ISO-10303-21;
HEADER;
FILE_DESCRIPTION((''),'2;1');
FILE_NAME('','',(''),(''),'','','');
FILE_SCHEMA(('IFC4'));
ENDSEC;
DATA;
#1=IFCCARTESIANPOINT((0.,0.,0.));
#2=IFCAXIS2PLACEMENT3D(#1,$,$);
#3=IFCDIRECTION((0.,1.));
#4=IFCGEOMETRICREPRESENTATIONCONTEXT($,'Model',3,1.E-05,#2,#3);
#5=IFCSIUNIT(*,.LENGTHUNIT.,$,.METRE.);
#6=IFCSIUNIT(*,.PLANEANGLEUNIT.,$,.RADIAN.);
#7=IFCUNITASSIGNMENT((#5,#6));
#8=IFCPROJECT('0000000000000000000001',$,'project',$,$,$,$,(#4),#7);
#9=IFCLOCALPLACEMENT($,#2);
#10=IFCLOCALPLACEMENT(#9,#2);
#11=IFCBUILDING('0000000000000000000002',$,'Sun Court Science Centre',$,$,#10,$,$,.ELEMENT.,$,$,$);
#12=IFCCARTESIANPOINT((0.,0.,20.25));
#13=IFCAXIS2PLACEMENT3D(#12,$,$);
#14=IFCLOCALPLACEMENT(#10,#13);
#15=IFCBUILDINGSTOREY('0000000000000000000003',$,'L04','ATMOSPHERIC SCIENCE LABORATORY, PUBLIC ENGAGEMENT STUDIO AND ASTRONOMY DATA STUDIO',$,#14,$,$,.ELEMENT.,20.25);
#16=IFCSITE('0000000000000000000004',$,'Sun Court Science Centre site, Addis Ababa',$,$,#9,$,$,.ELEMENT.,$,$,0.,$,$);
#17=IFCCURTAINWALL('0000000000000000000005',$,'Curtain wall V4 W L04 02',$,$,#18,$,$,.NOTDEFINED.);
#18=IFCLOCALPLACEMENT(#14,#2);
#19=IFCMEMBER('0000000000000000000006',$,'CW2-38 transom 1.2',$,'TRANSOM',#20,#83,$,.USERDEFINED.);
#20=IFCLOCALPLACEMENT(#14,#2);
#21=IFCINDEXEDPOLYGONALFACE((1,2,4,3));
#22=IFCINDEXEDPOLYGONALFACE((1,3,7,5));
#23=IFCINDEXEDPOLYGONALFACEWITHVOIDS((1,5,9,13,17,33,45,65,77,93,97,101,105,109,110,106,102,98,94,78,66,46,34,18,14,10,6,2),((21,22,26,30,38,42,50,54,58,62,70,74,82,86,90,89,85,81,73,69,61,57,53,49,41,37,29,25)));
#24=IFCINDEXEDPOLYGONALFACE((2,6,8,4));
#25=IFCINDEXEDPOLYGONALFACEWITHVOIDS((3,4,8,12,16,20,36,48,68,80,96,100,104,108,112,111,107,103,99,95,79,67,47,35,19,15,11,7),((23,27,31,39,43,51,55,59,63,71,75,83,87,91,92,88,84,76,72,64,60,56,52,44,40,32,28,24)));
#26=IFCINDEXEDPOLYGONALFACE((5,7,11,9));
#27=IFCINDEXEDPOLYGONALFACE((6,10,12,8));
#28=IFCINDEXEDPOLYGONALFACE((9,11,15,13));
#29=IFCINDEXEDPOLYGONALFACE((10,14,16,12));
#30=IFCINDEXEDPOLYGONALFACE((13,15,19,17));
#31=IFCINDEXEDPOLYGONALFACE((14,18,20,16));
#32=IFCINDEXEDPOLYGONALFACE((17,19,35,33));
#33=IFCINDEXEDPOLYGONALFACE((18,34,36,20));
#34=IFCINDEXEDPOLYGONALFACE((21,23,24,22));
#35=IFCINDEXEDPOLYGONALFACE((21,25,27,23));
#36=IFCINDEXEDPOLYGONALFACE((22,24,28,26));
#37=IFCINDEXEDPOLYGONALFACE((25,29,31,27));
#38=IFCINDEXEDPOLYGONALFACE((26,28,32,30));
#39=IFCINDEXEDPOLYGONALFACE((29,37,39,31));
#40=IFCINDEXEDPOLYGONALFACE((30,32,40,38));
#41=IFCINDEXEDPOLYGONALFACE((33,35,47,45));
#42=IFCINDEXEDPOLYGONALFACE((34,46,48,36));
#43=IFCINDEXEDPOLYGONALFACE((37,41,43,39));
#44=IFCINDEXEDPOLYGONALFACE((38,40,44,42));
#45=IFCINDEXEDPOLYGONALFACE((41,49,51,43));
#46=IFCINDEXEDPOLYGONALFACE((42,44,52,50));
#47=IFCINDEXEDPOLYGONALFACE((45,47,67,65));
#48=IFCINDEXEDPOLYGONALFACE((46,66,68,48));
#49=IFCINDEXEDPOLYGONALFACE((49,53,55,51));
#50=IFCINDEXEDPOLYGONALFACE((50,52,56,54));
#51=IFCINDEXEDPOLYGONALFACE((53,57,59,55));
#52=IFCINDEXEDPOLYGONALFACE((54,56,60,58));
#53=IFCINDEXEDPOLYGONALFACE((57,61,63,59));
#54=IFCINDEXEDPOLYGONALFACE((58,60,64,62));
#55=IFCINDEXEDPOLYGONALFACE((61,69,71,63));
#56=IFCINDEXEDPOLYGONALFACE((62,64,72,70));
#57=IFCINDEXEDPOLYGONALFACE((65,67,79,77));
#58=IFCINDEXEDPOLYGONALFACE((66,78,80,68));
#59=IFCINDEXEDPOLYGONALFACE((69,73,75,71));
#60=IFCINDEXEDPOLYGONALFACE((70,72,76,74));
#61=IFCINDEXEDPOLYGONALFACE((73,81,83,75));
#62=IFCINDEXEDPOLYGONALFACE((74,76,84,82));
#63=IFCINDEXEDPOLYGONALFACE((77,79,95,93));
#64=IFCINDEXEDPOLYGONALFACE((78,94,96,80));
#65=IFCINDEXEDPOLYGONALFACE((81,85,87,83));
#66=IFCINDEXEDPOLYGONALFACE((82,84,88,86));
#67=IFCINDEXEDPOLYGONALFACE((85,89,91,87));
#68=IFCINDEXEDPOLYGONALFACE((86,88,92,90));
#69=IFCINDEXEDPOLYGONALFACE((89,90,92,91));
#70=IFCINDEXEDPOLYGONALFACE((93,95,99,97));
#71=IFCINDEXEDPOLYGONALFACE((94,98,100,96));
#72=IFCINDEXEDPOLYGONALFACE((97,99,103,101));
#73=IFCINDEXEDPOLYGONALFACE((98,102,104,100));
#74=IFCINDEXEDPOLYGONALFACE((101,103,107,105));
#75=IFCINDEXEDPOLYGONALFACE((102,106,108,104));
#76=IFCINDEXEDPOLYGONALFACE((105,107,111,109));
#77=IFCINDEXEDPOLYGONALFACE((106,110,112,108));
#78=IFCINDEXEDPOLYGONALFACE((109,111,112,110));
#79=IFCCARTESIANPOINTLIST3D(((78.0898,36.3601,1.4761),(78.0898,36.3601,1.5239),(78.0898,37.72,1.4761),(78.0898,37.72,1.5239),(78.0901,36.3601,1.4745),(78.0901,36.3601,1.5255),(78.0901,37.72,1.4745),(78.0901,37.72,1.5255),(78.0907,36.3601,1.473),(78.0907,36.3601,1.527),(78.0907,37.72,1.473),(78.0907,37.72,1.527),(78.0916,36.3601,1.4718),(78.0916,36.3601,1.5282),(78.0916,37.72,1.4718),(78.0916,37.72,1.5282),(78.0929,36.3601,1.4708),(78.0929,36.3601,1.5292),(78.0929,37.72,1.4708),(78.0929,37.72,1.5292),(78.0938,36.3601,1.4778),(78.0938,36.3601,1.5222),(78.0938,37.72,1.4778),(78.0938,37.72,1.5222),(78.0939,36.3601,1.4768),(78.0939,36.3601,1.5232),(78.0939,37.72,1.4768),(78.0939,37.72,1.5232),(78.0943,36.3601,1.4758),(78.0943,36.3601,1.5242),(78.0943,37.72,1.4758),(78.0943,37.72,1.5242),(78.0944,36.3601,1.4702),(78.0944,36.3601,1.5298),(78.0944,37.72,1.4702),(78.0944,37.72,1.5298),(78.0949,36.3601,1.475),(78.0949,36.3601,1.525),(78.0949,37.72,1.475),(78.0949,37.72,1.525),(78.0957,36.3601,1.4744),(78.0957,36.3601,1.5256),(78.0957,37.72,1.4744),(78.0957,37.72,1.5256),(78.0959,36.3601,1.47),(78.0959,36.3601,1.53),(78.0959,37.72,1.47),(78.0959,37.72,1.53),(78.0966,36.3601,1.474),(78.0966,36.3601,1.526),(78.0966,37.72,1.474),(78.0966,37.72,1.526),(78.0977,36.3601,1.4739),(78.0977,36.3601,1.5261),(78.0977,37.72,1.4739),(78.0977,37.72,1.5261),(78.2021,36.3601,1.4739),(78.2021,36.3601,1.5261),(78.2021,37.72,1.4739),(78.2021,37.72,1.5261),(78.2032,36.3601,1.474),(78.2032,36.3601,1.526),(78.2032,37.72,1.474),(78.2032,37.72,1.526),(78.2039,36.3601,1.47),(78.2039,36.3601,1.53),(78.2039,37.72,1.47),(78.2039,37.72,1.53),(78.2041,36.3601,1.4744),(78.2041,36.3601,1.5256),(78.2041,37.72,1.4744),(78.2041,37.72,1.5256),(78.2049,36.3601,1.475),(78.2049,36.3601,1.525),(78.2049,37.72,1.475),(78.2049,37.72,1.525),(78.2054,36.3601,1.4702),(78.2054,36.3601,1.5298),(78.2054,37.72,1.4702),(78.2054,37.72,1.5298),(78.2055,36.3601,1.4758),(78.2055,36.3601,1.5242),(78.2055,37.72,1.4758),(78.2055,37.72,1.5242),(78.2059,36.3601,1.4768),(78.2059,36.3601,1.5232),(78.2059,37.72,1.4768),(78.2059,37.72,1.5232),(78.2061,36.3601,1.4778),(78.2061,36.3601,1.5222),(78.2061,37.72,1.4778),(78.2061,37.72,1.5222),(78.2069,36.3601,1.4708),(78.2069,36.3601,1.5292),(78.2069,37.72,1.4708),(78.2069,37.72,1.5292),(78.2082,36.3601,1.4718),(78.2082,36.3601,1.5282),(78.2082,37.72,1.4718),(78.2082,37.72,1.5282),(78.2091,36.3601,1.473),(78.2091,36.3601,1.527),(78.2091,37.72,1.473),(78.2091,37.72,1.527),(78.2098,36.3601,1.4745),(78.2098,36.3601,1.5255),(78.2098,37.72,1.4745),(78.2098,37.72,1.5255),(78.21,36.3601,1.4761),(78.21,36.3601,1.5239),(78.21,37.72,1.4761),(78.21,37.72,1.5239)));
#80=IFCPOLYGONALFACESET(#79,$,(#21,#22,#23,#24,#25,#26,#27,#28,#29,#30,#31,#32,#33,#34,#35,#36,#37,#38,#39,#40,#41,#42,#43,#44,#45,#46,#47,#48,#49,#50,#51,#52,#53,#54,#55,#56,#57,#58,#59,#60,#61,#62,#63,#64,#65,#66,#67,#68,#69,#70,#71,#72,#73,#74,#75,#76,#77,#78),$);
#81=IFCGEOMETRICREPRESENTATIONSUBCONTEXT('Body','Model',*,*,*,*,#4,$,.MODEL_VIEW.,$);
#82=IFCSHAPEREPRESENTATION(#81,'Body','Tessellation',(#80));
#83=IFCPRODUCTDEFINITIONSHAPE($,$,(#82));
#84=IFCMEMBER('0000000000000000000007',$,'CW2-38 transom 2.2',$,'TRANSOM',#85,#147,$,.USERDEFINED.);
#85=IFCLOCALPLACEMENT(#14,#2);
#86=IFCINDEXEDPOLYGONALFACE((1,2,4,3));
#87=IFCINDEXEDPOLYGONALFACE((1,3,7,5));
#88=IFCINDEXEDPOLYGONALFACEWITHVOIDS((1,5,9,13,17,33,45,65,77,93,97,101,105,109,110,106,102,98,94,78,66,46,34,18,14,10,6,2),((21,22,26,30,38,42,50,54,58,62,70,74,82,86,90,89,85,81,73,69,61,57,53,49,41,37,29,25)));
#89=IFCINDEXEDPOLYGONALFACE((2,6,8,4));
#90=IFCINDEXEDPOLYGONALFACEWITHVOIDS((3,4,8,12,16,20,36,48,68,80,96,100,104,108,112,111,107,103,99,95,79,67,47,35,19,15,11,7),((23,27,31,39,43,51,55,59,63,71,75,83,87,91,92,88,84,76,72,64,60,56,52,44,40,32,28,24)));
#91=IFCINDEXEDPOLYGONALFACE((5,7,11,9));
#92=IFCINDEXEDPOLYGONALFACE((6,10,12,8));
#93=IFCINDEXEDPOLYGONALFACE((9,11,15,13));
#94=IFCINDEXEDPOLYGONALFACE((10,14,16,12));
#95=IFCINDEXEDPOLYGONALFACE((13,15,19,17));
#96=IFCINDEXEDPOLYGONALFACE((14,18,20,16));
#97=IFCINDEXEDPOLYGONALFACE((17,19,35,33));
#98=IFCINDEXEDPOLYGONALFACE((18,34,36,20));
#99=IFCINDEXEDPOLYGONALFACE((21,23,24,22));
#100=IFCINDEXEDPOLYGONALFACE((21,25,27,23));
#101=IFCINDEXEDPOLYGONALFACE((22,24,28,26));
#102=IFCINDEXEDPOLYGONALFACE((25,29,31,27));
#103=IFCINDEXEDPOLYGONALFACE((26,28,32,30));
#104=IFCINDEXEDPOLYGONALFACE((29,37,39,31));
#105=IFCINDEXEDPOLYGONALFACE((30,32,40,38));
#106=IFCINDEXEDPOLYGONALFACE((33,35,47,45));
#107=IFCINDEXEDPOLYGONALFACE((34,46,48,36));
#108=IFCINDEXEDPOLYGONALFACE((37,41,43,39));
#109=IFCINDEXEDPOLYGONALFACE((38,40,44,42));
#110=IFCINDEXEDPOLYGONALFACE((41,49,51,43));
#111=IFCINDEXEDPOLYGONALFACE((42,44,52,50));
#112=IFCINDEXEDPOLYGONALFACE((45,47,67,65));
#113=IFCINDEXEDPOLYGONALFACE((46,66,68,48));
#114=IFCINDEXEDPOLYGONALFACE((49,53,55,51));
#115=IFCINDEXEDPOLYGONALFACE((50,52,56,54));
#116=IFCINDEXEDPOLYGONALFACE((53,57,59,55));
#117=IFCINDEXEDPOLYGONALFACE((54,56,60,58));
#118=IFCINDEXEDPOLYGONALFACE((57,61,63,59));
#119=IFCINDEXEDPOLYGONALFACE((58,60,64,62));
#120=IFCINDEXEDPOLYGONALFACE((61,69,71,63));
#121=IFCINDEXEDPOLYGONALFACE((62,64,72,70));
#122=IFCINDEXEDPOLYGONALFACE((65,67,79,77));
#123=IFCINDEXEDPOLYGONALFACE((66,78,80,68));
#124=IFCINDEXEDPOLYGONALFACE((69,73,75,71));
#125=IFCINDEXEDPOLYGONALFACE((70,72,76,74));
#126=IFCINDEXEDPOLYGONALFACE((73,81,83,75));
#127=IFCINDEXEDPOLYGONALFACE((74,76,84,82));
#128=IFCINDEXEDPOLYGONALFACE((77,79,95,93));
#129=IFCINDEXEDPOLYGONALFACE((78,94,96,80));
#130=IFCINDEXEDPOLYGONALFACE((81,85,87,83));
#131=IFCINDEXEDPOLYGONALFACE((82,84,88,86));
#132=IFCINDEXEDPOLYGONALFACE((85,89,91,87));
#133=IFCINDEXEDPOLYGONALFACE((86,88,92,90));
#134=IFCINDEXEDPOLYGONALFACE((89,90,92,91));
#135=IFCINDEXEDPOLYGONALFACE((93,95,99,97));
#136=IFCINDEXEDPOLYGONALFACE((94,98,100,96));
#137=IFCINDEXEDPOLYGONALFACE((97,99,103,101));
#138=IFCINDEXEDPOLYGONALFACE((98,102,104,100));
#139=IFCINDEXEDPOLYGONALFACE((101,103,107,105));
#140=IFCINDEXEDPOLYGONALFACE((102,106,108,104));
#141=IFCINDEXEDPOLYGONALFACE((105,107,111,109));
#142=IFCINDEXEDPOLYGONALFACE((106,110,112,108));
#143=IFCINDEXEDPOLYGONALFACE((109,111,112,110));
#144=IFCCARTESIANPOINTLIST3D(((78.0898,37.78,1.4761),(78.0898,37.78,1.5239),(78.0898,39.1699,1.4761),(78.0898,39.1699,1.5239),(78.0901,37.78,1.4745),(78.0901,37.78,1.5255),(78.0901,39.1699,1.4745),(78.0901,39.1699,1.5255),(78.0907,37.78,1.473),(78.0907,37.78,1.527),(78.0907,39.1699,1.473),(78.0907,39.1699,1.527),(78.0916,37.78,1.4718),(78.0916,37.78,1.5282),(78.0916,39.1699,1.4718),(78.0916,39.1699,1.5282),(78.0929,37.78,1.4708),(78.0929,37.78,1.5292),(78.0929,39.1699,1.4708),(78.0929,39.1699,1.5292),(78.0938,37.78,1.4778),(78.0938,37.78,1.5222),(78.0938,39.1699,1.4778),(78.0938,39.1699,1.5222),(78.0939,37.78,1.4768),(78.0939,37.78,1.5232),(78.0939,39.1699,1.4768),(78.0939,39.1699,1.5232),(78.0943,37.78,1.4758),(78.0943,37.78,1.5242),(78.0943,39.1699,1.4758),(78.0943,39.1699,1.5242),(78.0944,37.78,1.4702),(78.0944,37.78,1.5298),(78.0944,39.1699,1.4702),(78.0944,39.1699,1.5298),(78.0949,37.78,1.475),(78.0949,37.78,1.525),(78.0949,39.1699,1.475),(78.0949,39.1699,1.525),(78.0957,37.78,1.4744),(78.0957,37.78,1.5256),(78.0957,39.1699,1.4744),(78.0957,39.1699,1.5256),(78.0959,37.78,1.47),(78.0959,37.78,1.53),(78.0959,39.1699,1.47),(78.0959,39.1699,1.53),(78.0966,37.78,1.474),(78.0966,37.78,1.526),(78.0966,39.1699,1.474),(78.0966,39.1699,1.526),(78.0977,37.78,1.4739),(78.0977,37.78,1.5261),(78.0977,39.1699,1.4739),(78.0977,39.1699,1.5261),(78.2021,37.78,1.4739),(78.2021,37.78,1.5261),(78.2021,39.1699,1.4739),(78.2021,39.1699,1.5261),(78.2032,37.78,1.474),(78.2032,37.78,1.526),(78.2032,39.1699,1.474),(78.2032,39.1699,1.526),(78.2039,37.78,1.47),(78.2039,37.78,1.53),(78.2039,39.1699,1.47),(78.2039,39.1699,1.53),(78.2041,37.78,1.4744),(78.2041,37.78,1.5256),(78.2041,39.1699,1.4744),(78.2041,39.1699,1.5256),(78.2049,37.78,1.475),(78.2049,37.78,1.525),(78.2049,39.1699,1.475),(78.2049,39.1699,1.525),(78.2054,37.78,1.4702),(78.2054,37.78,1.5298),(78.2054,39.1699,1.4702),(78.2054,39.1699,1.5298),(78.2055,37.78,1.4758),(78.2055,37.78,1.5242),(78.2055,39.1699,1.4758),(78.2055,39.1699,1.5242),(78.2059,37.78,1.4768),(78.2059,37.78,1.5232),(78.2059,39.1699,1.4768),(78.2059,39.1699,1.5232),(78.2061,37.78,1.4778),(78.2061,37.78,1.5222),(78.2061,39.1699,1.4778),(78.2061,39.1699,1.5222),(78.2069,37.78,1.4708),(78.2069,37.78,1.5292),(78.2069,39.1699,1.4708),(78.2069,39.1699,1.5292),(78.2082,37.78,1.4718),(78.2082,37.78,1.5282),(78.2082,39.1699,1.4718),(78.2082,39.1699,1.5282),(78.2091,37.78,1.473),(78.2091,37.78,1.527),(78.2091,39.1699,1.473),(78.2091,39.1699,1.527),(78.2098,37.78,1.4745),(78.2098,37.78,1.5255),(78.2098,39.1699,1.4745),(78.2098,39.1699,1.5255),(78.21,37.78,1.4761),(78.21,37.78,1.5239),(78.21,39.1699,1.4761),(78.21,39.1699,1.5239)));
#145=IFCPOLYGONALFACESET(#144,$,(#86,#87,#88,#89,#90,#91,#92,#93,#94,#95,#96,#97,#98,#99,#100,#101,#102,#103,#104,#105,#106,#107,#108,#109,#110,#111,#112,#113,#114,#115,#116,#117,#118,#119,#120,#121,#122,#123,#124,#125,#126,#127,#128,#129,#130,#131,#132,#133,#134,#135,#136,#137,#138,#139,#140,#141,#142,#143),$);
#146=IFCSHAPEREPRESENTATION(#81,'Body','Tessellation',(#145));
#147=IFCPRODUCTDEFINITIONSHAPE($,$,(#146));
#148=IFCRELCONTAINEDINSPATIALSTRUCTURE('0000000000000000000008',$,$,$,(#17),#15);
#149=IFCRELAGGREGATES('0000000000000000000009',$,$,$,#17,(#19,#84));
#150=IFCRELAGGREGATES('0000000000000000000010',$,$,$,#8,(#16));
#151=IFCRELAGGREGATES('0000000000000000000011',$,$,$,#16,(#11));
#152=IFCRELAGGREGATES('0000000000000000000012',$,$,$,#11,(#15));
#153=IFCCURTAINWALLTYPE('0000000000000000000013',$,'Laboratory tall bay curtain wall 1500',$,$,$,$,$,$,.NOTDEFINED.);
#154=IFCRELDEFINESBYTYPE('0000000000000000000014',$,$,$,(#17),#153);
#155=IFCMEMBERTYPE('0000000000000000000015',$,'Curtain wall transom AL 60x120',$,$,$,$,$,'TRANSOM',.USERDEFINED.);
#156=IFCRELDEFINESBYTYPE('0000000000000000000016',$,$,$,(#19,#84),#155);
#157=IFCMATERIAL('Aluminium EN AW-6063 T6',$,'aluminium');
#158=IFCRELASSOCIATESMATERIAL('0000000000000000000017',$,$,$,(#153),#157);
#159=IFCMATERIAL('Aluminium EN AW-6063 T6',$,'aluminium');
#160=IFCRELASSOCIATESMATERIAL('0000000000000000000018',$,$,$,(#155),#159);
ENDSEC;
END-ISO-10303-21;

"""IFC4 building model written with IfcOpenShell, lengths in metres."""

from ifc_helpers import new_model, si_unit, direction, frame, origin, origin_2d, place, context, subcontext, project, spatial, hollow_rectangle, extrude, material, material_profile, profile_set, type_object, element, aggregate, save


model = new_model("IFC4")

# Units and contexts
model_context = context("Model", 3, precision=1e-05, world=origin(), true_north=direction((0.0, 1.0)))
body_context = subcontext(model_context, "Body", "Model", "MODEL_VIEW")
ifc_project = project(units=[si_unit("LENGTHUNIT", "METRE"), si_unit("PLANEANGLEUNIT", "RADIAN")], contexts=[model_context])

# Site, building, storey
site_placement = place(None, origin())
site = spatial("IfcSite", under=ifc_project, at=site_placement, Name="Sun Court Science Centre site, Addis Ababa", CompositionType="ELEMENT", RefElevation=0.0)
building_placement = place(site_placement, origin())
building = spatial("IfcBuilding", under=site, at=building_placement, Name="Sun Court Science Centre", CompositionType="ELEMENT")
storey_placement = place(building_placement, frame((0.0, 0.0, 20.25)))
storey = spatial("IfcBuildingStorey", under=building, at=storey_placement, Name="L04", Description="ATMOSPHERIC SCIENCE LABORATORY, PUBLIC ENGAGEMENT STUDIO AND ASTRONOMY DATA STUDIO", CompositionType="ELEMENT", Elevation=20.25)

# Shared definitions
ifc_material_1 = material(Name="Aluminium EN AW-6063 T6", Category="aluminium")
curtain_wall_type = type_object("IfcCurtainWallType", Name="Laboratory tall bay curtain wall 1500", PredefinedType="NOTDEFINED", material=ifc_material_1)

# Curtain wall
curtain_wall_1_placement = place(storey_placement, origin())
curtain_wall_1 = element("IfcCurtainWall", 1, at=curtain_wall_1_placement, inside=storey, type_object=curtain_wall_type, Name="Curtain wall V4 W L04 02", PredefinedType="NOTDEFINED")

# Members
ifc_material_2 = material(Name="Aluminium EN AW-6063 T6", Category="aluminium")
ifc_material_profile_1 = material_profile(ifc_material_2, hollow_rectangle(XDim=0.0601, YDim=0.1201, WallThickness=0.0039, InnerFilletRadius=0.0039, OuterFilletRadius=0.0061, at=origin_2d()), Name="AL 60x120x4")
ifc_profile_set_1 = profile_set([ifc_material_profile_1], Name="Aluminium EN AW-6063 T6")
member_type_1 = type_object("IfcMemberType", Name="Curtain wall transom AL 60x120", ElementType="TRANSOM", PredefinedType="USERDEFINED", material=ifc_profile_set_1)
member_1_placement = place(storey_placement, frame((78.1499, 36.3601, 1.5), z_axis=(0.0, 1.0, 0.0), x_axis=(0.0, 0.0, 1.0)))
member_1 = element("IfcMember", 2, at=member_1_placement, type_object=member_type_1, Name="CW2-38 transom 1.2", ObjectType="TRANSOM", PredefinedType="USERDEFINED", context=body_context, shape_type="SweptSolid", body=[
    extrude(hollow_rectangle(XDim=0.0601, YDim=0.1201, WallThickness=0.0039, InnerFilletRadius=0.0039, OuterFilletRadius=0.0061, at=origin_2d()), origin(), (0.0, 0.0, 1.0), 1.3599),
])
member_2_placement = place(storey_placement, frame((78.1499, 37.78, 1.5), z_axis=(0.0, 1.0, 0.0), x_axis=(0.0, 0.0, 1.0)))
member_2 = element("IfcMember", 3, at=member_2_placement, type_object=member_type_1, Name="CW2-38 transom 2.2", ObjectType="TRANSOM", PredefinedType="USERDEFINED", context=body_context, shape_type="SweptSolid", body=[
    extrude(hollow_rectangle(XDim=0.0601, YDim=0.1201, WallThickness=0.0039, InnerFilletRadius=0.0039, OuterFilletRadius=0.0061, at=origin_2d()), origin(), (0.0, 0.0, 1.0), 1.3899),
])

aggregate(curtain_wall_1, [member_1, member_2])

save(model, "model.ifc")
